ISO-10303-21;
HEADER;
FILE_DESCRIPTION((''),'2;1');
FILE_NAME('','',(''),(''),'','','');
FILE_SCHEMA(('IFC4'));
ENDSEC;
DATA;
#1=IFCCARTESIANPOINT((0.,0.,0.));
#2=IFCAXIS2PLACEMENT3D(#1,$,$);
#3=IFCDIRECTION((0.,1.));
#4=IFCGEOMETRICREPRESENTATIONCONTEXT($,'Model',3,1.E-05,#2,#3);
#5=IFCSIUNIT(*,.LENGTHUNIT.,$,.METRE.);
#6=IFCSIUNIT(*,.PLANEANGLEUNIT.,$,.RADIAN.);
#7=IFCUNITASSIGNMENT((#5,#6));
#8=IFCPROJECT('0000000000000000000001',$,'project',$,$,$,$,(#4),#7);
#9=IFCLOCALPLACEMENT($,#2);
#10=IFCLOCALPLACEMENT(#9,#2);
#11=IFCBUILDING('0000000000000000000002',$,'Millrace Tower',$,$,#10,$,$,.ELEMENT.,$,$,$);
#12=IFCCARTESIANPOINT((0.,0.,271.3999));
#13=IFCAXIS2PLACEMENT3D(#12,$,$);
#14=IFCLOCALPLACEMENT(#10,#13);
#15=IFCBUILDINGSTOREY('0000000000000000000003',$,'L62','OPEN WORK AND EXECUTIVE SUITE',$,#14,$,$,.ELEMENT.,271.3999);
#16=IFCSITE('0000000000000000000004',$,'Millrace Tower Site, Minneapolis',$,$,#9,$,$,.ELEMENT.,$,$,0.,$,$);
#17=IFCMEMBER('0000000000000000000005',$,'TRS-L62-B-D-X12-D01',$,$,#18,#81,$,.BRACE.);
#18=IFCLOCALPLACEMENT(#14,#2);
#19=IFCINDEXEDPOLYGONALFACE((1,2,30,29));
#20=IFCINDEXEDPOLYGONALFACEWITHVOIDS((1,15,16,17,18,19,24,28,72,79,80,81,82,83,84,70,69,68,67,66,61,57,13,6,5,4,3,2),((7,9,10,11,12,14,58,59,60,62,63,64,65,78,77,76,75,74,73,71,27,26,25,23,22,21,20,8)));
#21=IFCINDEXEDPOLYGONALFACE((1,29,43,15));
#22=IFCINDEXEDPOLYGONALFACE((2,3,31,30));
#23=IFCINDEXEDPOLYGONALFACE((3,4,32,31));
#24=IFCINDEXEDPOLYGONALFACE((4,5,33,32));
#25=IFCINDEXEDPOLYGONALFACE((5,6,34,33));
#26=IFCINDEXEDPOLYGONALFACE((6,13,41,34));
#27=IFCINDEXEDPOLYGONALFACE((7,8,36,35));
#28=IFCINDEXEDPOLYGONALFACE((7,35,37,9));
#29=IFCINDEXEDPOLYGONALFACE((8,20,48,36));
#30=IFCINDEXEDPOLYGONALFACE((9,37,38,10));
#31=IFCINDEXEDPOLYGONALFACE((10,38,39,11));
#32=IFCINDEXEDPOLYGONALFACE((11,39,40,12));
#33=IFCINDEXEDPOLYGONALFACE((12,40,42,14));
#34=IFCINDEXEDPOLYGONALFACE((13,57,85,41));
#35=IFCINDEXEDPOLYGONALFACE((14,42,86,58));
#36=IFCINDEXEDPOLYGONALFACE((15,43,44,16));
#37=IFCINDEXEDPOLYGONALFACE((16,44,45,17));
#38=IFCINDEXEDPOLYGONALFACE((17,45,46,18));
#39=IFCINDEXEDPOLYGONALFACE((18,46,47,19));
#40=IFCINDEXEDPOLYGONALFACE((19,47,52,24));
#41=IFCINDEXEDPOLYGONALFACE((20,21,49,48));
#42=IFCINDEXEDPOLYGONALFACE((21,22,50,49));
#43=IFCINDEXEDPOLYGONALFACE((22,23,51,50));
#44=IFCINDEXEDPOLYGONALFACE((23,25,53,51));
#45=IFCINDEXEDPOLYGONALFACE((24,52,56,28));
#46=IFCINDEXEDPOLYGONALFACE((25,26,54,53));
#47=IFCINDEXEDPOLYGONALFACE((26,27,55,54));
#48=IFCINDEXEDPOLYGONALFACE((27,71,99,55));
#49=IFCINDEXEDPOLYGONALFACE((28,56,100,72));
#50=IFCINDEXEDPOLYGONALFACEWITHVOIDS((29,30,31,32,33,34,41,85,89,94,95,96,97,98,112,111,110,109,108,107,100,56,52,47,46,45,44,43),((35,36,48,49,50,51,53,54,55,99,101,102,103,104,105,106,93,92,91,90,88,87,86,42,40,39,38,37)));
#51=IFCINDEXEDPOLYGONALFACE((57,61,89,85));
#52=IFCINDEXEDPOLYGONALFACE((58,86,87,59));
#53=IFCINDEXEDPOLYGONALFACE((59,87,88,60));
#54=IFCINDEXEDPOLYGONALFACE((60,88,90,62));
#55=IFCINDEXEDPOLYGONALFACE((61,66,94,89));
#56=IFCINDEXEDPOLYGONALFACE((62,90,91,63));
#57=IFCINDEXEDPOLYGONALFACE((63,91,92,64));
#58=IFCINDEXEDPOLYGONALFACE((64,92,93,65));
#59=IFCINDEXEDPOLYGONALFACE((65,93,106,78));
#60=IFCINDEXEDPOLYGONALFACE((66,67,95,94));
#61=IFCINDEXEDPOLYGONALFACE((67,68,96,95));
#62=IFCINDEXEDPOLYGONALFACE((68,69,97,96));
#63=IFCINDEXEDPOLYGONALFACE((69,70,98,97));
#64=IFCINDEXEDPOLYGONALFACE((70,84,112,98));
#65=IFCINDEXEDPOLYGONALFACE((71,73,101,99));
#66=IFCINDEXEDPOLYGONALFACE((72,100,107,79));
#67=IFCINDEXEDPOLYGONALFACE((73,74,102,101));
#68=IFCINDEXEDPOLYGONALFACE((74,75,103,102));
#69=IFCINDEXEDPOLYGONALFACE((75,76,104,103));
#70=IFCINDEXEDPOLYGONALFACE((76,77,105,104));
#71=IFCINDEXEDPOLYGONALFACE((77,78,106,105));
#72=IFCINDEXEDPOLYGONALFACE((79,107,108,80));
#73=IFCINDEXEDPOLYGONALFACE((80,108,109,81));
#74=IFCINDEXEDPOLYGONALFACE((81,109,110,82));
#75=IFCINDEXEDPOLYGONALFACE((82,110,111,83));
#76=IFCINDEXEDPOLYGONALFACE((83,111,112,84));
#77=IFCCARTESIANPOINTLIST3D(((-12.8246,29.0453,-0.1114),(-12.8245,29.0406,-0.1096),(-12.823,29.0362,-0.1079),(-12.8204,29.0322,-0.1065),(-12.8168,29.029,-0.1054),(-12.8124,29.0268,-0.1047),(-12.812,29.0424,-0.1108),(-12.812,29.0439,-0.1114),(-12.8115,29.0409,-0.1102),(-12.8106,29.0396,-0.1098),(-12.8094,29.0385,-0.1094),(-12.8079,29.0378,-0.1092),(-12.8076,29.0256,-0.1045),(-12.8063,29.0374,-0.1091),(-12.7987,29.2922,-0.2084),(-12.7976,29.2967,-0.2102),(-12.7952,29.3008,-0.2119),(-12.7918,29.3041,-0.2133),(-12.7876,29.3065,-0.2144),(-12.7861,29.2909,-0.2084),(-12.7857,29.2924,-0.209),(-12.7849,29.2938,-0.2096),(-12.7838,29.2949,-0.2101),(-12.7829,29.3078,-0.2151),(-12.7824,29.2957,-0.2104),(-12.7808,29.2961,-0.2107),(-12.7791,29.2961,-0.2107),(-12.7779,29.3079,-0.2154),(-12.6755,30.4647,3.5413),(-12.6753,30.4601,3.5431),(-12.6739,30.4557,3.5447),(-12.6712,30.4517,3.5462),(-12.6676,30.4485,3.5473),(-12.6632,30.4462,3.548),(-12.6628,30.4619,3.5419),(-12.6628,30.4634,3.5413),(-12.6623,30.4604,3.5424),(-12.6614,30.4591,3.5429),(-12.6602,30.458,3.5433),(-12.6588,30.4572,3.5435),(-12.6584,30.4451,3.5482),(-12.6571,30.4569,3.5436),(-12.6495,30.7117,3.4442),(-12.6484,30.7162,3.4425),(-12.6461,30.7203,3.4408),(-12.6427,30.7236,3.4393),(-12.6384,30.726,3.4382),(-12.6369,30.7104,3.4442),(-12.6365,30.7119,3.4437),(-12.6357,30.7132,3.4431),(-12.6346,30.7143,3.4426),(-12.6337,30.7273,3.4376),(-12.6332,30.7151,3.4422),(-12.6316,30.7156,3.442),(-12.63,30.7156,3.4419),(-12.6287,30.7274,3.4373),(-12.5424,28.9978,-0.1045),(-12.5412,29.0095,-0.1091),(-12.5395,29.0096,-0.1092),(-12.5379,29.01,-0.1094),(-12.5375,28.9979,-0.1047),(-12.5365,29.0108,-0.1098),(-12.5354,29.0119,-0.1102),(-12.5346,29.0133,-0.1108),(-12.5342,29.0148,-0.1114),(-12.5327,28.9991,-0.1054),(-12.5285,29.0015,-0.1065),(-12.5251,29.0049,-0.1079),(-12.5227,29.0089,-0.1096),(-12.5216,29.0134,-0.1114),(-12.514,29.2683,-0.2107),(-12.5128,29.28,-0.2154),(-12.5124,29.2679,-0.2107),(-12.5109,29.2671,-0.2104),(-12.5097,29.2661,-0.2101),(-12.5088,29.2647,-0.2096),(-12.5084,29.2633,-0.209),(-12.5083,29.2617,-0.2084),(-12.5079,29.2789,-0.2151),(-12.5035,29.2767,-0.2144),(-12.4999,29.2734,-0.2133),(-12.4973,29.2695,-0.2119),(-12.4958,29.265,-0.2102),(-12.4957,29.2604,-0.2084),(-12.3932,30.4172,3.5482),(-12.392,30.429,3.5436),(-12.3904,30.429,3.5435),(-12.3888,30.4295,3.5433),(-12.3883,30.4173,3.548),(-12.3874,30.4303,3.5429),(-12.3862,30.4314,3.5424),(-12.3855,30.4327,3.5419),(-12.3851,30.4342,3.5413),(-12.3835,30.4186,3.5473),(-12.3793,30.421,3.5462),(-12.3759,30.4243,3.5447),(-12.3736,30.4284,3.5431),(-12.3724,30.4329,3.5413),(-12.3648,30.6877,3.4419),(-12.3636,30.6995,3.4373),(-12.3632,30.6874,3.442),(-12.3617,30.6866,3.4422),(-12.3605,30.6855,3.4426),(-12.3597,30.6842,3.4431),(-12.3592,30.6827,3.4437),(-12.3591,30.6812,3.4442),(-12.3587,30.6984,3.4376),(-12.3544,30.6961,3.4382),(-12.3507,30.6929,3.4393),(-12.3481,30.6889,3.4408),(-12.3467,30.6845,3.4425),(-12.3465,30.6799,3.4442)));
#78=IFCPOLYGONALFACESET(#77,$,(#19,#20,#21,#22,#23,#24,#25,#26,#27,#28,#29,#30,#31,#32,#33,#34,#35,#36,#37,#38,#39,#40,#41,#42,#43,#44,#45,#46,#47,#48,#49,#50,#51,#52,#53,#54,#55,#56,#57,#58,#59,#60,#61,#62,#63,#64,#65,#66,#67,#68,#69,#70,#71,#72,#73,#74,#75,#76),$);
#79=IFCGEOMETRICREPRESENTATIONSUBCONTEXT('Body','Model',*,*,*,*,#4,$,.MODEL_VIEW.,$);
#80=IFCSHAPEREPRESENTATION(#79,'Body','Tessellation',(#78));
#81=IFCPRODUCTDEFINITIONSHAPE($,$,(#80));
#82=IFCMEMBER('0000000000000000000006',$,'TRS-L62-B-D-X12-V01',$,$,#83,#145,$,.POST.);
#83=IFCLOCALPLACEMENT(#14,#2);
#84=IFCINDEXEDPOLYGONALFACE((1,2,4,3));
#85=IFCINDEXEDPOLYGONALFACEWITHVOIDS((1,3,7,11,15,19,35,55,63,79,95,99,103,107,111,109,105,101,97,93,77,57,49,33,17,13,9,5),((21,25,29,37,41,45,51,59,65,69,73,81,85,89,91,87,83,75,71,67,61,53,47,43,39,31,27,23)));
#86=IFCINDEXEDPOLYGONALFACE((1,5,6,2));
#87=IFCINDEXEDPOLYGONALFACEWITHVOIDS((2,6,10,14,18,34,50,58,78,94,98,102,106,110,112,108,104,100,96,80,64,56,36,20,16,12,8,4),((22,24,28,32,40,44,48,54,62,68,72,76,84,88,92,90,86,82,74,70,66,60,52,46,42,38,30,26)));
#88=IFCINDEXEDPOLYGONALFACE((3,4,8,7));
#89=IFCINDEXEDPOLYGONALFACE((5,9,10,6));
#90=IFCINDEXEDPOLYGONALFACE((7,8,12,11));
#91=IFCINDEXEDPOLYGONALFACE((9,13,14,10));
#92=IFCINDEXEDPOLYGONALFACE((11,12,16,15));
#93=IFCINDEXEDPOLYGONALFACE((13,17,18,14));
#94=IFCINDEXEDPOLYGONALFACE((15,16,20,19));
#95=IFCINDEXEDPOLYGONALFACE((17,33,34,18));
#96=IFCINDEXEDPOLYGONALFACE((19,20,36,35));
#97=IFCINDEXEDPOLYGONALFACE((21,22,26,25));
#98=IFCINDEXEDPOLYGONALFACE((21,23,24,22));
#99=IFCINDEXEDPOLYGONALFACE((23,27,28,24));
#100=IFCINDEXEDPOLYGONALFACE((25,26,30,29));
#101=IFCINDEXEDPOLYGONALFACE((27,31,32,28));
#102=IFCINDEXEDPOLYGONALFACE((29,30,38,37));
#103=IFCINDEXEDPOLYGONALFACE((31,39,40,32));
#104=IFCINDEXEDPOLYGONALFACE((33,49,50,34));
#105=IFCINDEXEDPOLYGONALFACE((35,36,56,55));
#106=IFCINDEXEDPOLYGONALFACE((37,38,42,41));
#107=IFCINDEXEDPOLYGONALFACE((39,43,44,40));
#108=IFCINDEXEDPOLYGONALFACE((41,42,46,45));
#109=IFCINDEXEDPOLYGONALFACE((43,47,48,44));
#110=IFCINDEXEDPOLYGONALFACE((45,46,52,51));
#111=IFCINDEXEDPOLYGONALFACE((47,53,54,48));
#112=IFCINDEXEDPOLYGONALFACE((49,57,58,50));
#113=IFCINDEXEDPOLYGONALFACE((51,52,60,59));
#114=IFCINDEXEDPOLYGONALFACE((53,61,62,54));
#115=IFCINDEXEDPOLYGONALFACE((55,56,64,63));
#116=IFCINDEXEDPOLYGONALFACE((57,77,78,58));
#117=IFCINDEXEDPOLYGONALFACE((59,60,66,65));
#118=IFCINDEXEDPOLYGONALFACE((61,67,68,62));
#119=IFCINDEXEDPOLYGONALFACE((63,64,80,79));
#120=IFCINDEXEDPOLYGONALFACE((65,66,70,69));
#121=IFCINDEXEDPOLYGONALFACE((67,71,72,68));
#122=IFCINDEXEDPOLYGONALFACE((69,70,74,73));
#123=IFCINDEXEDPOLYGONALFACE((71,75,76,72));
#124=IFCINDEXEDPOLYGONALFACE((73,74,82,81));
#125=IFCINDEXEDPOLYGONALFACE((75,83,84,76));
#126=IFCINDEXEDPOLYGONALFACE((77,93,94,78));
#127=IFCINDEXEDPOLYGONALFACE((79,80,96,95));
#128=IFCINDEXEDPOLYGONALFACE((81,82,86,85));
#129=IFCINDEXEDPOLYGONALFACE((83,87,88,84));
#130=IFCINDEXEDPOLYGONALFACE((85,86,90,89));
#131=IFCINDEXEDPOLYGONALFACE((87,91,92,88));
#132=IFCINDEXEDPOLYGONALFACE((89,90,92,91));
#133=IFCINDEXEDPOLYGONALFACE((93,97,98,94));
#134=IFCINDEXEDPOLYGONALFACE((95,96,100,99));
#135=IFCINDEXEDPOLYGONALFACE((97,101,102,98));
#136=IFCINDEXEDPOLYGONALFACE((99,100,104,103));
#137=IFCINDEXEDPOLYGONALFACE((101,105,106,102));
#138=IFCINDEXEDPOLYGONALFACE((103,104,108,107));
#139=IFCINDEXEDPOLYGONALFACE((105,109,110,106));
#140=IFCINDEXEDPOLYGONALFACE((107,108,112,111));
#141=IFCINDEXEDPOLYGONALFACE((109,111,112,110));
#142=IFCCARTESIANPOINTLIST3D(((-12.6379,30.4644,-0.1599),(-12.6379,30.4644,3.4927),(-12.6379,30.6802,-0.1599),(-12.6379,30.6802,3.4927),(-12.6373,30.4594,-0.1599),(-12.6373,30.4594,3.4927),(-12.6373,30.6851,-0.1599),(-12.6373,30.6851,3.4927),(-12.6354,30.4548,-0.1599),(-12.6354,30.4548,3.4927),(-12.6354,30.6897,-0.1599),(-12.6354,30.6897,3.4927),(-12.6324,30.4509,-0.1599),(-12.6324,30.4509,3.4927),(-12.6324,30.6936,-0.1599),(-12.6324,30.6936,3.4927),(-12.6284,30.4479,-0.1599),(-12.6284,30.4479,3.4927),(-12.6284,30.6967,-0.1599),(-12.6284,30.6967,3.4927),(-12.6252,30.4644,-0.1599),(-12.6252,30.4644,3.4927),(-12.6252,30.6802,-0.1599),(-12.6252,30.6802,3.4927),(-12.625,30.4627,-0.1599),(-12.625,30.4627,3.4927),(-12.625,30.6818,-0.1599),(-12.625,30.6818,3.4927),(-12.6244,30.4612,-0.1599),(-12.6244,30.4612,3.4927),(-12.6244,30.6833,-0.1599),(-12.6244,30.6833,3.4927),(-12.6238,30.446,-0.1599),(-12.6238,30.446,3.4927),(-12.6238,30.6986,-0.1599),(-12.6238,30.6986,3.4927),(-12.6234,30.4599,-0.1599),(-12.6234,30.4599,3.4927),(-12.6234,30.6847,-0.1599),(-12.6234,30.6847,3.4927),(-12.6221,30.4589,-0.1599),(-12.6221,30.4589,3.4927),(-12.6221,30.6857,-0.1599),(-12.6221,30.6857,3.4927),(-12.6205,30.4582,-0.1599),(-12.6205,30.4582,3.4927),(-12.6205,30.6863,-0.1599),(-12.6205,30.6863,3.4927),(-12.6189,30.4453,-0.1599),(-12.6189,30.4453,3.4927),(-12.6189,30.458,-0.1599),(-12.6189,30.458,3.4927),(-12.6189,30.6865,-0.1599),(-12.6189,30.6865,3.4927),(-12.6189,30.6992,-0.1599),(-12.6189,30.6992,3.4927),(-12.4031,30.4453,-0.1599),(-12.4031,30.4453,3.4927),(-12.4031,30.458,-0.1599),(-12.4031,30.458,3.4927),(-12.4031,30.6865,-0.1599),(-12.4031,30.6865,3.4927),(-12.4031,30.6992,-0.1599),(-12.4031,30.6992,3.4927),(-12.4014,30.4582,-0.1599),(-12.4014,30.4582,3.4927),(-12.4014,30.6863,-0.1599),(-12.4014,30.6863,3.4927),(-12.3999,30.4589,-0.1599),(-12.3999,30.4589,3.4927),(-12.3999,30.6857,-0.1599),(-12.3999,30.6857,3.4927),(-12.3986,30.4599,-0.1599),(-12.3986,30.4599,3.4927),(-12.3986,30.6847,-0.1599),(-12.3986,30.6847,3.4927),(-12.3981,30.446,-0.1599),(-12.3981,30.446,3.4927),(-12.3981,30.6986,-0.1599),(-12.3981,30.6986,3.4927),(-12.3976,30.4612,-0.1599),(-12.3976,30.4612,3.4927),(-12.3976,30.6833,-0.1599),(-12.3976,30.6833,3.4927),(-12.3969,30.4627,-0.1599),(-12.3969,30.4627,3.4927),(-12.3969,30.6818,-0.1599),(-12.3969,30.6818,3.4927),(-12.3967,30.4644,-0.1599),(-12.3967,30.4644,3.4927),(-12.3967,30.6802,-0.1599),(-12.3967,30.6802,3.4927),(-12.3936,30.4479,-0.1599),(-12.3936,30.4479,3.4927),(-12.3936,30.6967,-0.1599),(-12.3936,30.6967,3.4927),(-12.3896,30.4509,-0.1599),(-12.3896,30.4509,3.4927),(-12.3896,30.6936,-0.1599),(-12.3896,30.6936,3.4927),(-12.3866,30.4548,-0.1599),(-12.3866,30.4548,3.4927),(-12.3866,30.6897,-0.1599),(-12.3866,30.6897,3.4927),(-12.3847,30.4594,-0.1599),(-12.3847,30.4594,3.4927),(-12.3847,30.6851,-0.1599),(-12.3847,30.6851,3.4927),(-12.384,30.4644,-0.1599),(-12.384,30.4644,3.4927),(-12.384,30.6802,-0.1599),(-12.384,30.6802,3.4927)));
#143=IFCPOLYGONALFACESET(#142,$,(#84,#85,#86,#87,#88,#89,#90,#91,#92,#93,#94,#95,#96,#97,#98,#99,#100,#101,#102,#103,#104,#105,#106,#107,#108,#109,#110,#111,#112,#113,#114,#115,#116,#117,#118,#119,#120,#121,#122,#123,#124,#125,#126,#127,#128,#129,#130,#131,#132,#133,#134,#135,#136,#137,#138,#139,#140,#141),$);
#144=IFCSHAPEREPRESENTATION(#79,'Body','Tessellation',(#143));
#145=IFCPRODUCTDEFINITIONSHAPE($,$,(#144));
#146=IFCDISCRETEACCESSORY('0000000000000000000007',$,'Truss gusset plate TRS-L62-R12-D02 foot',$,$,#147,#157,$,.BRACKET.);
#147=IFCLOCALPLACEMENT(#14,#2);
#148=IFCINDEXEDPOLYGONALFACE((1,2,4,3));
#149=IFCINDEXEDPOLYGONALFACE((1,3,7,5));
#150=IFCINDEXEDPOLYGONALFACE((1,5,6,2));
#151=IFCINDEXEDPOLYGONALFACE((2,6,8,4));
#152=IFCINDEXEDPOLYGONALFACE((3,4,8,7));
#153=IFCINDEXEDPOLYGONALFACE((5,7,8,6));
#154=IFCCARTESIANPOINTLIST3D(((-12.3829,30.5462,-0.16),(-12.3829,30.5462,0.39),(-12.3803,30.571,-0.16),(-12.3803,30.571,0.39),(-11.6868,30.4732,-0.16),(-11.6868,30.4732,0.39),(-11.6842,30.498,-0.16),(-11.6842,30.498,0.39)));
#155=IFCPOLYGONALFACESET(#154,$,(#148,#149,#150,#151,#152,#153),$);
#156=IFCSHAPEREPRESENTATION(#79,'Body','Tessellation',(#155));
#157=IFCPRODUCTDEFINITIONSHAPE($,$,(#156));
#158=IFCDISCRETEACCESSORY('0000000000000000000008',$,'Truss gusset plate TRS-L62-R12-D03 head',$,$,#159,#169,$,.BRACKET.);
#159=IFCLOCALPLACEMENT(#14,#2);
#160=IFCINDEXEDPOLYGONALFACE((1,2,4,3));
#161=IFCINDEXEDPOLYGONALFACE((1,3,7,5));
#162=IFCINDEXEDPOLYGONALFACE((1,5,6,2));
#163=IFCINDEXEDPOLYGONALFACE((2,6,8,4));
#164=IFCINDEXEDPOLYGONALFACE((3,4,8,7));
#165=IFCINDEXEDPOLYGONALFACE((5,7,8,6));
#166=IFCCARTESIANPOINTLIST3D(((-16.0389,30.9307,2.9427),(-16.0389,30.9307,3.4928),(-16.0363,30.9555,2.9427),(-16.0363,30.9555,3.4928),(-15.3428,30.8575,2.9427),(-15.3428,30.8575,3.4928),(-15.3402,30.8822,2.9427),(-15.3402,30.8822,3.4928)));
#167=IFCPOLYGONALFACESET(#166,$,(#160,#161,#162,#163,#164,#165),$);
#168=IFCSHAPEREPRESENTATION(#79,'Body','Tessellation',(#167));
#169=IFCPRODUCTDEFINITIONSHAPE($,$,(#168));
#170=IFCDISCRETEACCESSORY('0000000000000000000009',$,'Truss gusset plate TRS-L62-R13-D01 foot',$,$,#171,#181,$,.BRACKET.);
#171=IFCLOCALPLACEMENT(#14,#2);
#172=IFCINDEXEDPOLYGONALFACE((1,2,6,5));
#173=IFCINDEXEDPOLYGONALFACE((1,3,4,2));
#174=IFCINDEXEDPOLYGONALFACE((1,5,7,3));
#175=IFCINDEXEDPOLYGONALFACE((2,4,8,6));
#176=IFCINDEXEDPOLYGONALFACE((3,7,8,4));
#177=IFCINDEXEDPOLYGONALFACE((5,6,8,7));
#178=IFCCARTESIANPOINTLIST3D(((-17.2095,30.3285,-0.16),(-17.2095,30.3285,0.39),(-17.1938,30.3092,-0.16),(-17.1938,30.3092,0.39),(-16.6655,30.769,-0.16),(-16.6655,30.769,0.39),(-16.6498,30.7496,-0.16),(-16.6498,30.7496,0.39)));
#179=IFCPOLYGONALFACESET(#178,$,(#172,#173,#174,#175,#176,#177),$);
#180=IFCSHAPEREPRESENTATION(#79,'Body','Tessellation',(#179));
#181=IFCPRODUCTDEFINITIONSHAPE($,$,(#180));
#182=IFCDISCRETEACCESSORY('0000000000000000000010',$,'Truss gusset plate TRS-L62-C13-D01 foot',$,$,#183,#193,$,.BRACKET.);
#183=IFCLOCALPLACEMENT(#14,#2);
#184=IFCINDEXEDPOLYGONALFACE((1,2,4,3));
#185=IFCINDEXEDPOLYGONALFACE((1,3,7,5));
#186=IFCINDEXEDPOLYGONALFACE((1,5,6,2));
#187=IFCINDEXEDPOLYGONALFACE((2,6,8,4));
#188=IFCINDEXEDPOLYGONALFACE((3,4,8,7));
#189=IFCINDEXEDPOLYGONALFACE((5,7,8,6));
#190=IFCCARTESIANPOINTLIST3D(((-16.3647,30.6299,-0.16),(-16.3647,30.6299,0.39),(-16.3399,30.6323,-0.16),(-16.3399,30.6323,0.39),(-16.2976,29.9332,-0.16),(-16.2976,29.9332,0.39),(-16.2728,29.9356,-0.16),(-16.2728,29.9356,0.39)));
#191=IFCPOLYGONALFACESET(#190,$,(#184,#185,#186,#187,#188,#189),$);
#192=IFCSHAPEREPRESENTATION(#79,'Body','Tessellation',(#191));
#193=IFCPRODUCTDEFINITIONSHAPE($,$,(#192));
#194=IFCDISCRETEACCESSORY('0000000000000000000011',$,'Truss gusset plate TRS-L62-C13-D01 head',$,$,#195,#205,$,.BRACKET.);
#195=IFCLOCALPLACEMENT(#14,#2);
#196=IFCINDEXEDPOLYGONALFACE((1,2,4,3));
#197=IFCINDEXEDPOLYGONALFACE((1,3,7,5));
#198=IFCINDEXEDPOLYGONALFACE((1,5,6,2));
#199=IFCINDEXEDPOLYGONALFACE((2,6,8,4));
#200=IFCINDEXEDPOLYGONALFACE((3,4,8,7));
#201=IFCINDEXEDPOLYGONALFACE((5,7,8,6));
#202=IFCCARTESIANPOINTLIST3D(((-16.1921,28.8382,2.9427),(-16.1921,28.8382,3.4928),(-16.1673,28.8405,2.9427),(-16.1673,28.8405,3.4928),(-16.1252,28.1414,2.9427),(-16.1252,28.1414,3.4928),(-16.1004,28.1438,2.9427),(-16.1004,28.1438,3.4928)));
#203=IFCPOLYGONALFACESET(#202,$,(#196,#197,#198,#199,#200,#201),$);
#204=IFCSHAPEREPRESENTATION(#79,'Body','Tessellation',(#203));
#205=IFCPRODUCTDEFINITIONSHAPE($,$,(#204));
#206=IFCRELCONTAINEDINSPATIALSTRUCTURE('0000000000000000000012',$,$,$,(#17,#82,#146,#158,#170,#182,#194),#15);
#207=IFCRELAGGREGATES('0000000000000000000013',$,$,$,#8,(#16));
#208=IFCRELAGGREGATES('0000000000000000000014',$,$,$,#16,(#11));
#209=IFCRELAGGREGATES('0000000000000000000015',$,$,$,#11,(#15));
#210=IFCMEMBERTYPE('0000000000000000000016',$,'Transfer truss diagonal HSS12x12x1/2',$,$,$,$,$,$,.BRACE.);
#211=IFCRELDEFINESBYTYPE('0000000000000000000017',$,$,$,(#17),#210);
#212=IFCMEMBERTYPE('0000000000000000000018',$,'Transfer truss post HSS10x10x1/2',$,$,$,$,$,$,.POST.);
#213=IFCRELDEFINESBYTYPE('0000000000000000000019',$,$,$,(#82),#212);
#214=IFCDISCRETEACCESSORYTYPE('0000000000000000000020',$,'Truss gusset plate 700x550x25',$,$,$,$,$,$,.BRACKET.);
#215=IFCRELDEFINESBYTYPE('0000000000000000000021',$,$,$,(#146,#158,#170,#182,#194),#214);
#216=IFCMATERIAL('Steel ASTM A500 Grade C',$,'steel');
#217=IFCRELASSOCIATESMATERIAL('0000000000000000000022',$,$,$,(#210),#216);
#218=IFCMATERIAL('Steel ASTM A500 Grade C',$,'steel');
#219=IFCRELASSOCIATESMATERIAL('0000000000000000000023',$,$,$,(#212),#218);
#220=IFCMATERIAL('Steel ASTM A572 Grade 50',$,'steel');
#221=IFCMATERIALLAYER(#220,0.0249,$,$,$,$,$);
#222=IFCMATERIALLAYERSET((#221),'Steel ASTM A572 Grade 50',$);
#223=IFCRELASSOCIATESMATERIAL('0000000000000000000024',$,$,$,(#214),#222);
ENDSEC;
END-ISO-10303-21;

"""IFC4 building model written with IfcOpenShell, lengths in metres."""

from ifc_helpers import new_model, si_unit, direction, frame, origin, origin_2d, place, context, subcontext, project, spatial, rectangle, hollow_rectangle, extrude, material, layer, layer_set, material_profile, profile_set, type_object, element, save


model = new_model("IFC4")

# Units and contexts
model_context = context("Model", 3, precision=1e-05, world=origin(), true_north=direction((0.0, 1.0)))
body_context = subcontext(model_context, "Body", "Model", "MODEL_VIEW")
ifc_project = project(units=[si_unit("LENGTHUNIT", "METRE"), si_unit("PLANEANGLEUNIT", "RADIAN")], contexts=[model_context])

# Site, building, storey
site_placement = place(None, origin())
site = spatial("IfcSite", under=ifc_project, at=site_placement, Name="Millrace Tower Site, Minneapolis", CompositionType="ELEMENT", RefElevation=0.0)
building_placement = place(site_placement, origin())
building = spatial("IfcBuilding", under=site, at=building_placement, Name="Millrace Tower", CompositionType="ELEMENT")
storey_placement = place(building_placement, frame((0.0, 0.0, 271.3999)))
storey = spatial("IfcBuildingStorey", under=building, at=storey_placement, Name="L62", Description="OPEN WORK AND EXECUTIVE SUITE", CompositionType="ELEMENT", Elevation=271.3999)

# Members
ifc_material_1 = material(Name="Steel ASTM A500 Grade C", Category="steel")
ifc_material_profile_1 = material_profile(ifc_material_1, hollow_rectangle(XDim=0.3047, YDim=0.3047, WallThickness=0.0127, InnerFilletRadius=0.0063, OuterFilletRadius=0.019, at=origin_2d()))
ifc_profile_set_1 = profile_set([ifc_material_profile_1], Name="Steel ASTM A500 Grade C")
member_type_1 = type_object("IfcMemberType", Name="Transfer truss diagonal HSS12x12x1/2", PredefinedType="BRACE", material=ifc_profile_set_1)
member_1_placement = place(storey_placement, frame((-12.6602, 29.1528, -0.1599), z_axis=(0.038039, 0.361959, 0.931418), x_axis=(-0.994523, 0.104516, 0.0)))
element("IfcMember", 1, at=member_1_placement, inside=storey, type_object=member_type_1, Name="TRS-L62-B-D-X12-D01", PredefinedType="BRACE", context=body_context, shape_type="SweptSolid", body=[
    extrude(hollow_rectangle(XDim=0.3047, YDim=0.3047, WallThickness=0.0127, InnerFilletRadius=0.0063, OuterFilletRadius=0.019, at=origin_2d()), origin(), (0.0, 0.0, 1.0), 3.9216),
])
ifc_material_2 = material(Name="Steel ASTM A500 Grade C", Category="steel")
ifc_material_profile_2 = material_profile(ifc_material_2, hollow_rectangle(XDim=0.2539, YDim=0.2539, WallThickness=0.0127, InnerFilletRadius=0.0063, OuterFilletRadius=0.019, at=origin_2d()))
ifc_profile_set_2 = profile_set([ifc_material_profile_2], Name="Steel ASTM A500 Grade C")
member_type_2 = type_object("IfcMemberType", Name="Transfer truss post HSS10x10x1/2", PredefinedType="POST", material=ifc_profile_set_2)
member_2_placement = place(storey_placement, frame((-12.511, 30.5723, -0.1599), z_axis=(0.0, 0.0, 1.0), x_axis=(1.0, 0.0, 0.0)))
element("IfcMember", 2, at=member_2_placement, inside=storey, type_object=member_type_2, Name="TRS-L62-B-D-X12-V01", PredefinedType="POST", context=body_context, shape_type="SweptSolid", body=[
    extrude(hollow_rectangle(XDim=0.2539, YDim=0.2539, WallThickness=0.0127, InnerFilletRadius=0.0063, OuterFilletRadius=0.019, at=origin_2d()), origin(), (0.0, 0.0, 1.0), 3.6526),
])

# Discrete accessories
ifc_material_3 = material(Name="Steel ASTM A572 Grade 50", Category="steel")
ifc_layer_1 = layer(ifc_material_3, 0.0249)
ifc_layer_set_1 = layer_set([ifc_layer_1], Name="Steel ASTM A572 Grade 50")
discrete_accessory_type = type_object("IfcDiscreteAccessoryType", Name="Truss gusset plate 700x550x25", PredefinedType="BRACKET", material=ifc_layer_set_1)
for number, where, z_axis, x_axis, name in (
    (3, (-12.3816, 30.5586, 0.115), (0.994546, -0.104303, 0.0), (0.104303, 0.994546, 0.0), "Truss gusset plate TRS-L62-R12-D02 foot"),
    (4, (-16.0376, 30.9431, 3.2178), (0.994509, -0.104648, 0.0), (0.104648, 0.994509, 0.0), "Truss gusset plate TRS-L62-R12-D03 head"),
    (5, (-17.2017, 30.3188, 0.115), (0.77718, 0.629279, 0.0), (-0.629279, 0.77718, 0.0), "Truss gusset plate TRS-L62-R13-D01 foot"),
    (6, (-16.3523, 30.6311, 0.115), (0.095912, -0.99539, 0.0), (0.99539, 0.095912, 0.0), "Truss gusset plate TRS-L62-C13-D01 foot"),
    (7, (-16.1797, 28.8394, 3.2178), (0.095566, -0.995423, 0.0), (0.995423, 0.095566, 0.0), "Truss gusset plate TRS-L62-C13-D01 head"),
):
    element("IfcDiscreteAccessory", number, at=place(storey_placement, frame(where, z_axis=z_axis, x_axis=x_axis)), inside=storey, type_object=discrete_accessory_type, Name=name, PredefinedType="BRACKET", context=body_context, shape_type="SweptSolid", body=[
        extrude(rectangle(XDim=0.0249, YDim=0.55, at=origin_2d()), origin(), (0.0, 0.0, 1.0), 0.7),
    ])

save(model, "model.ifc")
